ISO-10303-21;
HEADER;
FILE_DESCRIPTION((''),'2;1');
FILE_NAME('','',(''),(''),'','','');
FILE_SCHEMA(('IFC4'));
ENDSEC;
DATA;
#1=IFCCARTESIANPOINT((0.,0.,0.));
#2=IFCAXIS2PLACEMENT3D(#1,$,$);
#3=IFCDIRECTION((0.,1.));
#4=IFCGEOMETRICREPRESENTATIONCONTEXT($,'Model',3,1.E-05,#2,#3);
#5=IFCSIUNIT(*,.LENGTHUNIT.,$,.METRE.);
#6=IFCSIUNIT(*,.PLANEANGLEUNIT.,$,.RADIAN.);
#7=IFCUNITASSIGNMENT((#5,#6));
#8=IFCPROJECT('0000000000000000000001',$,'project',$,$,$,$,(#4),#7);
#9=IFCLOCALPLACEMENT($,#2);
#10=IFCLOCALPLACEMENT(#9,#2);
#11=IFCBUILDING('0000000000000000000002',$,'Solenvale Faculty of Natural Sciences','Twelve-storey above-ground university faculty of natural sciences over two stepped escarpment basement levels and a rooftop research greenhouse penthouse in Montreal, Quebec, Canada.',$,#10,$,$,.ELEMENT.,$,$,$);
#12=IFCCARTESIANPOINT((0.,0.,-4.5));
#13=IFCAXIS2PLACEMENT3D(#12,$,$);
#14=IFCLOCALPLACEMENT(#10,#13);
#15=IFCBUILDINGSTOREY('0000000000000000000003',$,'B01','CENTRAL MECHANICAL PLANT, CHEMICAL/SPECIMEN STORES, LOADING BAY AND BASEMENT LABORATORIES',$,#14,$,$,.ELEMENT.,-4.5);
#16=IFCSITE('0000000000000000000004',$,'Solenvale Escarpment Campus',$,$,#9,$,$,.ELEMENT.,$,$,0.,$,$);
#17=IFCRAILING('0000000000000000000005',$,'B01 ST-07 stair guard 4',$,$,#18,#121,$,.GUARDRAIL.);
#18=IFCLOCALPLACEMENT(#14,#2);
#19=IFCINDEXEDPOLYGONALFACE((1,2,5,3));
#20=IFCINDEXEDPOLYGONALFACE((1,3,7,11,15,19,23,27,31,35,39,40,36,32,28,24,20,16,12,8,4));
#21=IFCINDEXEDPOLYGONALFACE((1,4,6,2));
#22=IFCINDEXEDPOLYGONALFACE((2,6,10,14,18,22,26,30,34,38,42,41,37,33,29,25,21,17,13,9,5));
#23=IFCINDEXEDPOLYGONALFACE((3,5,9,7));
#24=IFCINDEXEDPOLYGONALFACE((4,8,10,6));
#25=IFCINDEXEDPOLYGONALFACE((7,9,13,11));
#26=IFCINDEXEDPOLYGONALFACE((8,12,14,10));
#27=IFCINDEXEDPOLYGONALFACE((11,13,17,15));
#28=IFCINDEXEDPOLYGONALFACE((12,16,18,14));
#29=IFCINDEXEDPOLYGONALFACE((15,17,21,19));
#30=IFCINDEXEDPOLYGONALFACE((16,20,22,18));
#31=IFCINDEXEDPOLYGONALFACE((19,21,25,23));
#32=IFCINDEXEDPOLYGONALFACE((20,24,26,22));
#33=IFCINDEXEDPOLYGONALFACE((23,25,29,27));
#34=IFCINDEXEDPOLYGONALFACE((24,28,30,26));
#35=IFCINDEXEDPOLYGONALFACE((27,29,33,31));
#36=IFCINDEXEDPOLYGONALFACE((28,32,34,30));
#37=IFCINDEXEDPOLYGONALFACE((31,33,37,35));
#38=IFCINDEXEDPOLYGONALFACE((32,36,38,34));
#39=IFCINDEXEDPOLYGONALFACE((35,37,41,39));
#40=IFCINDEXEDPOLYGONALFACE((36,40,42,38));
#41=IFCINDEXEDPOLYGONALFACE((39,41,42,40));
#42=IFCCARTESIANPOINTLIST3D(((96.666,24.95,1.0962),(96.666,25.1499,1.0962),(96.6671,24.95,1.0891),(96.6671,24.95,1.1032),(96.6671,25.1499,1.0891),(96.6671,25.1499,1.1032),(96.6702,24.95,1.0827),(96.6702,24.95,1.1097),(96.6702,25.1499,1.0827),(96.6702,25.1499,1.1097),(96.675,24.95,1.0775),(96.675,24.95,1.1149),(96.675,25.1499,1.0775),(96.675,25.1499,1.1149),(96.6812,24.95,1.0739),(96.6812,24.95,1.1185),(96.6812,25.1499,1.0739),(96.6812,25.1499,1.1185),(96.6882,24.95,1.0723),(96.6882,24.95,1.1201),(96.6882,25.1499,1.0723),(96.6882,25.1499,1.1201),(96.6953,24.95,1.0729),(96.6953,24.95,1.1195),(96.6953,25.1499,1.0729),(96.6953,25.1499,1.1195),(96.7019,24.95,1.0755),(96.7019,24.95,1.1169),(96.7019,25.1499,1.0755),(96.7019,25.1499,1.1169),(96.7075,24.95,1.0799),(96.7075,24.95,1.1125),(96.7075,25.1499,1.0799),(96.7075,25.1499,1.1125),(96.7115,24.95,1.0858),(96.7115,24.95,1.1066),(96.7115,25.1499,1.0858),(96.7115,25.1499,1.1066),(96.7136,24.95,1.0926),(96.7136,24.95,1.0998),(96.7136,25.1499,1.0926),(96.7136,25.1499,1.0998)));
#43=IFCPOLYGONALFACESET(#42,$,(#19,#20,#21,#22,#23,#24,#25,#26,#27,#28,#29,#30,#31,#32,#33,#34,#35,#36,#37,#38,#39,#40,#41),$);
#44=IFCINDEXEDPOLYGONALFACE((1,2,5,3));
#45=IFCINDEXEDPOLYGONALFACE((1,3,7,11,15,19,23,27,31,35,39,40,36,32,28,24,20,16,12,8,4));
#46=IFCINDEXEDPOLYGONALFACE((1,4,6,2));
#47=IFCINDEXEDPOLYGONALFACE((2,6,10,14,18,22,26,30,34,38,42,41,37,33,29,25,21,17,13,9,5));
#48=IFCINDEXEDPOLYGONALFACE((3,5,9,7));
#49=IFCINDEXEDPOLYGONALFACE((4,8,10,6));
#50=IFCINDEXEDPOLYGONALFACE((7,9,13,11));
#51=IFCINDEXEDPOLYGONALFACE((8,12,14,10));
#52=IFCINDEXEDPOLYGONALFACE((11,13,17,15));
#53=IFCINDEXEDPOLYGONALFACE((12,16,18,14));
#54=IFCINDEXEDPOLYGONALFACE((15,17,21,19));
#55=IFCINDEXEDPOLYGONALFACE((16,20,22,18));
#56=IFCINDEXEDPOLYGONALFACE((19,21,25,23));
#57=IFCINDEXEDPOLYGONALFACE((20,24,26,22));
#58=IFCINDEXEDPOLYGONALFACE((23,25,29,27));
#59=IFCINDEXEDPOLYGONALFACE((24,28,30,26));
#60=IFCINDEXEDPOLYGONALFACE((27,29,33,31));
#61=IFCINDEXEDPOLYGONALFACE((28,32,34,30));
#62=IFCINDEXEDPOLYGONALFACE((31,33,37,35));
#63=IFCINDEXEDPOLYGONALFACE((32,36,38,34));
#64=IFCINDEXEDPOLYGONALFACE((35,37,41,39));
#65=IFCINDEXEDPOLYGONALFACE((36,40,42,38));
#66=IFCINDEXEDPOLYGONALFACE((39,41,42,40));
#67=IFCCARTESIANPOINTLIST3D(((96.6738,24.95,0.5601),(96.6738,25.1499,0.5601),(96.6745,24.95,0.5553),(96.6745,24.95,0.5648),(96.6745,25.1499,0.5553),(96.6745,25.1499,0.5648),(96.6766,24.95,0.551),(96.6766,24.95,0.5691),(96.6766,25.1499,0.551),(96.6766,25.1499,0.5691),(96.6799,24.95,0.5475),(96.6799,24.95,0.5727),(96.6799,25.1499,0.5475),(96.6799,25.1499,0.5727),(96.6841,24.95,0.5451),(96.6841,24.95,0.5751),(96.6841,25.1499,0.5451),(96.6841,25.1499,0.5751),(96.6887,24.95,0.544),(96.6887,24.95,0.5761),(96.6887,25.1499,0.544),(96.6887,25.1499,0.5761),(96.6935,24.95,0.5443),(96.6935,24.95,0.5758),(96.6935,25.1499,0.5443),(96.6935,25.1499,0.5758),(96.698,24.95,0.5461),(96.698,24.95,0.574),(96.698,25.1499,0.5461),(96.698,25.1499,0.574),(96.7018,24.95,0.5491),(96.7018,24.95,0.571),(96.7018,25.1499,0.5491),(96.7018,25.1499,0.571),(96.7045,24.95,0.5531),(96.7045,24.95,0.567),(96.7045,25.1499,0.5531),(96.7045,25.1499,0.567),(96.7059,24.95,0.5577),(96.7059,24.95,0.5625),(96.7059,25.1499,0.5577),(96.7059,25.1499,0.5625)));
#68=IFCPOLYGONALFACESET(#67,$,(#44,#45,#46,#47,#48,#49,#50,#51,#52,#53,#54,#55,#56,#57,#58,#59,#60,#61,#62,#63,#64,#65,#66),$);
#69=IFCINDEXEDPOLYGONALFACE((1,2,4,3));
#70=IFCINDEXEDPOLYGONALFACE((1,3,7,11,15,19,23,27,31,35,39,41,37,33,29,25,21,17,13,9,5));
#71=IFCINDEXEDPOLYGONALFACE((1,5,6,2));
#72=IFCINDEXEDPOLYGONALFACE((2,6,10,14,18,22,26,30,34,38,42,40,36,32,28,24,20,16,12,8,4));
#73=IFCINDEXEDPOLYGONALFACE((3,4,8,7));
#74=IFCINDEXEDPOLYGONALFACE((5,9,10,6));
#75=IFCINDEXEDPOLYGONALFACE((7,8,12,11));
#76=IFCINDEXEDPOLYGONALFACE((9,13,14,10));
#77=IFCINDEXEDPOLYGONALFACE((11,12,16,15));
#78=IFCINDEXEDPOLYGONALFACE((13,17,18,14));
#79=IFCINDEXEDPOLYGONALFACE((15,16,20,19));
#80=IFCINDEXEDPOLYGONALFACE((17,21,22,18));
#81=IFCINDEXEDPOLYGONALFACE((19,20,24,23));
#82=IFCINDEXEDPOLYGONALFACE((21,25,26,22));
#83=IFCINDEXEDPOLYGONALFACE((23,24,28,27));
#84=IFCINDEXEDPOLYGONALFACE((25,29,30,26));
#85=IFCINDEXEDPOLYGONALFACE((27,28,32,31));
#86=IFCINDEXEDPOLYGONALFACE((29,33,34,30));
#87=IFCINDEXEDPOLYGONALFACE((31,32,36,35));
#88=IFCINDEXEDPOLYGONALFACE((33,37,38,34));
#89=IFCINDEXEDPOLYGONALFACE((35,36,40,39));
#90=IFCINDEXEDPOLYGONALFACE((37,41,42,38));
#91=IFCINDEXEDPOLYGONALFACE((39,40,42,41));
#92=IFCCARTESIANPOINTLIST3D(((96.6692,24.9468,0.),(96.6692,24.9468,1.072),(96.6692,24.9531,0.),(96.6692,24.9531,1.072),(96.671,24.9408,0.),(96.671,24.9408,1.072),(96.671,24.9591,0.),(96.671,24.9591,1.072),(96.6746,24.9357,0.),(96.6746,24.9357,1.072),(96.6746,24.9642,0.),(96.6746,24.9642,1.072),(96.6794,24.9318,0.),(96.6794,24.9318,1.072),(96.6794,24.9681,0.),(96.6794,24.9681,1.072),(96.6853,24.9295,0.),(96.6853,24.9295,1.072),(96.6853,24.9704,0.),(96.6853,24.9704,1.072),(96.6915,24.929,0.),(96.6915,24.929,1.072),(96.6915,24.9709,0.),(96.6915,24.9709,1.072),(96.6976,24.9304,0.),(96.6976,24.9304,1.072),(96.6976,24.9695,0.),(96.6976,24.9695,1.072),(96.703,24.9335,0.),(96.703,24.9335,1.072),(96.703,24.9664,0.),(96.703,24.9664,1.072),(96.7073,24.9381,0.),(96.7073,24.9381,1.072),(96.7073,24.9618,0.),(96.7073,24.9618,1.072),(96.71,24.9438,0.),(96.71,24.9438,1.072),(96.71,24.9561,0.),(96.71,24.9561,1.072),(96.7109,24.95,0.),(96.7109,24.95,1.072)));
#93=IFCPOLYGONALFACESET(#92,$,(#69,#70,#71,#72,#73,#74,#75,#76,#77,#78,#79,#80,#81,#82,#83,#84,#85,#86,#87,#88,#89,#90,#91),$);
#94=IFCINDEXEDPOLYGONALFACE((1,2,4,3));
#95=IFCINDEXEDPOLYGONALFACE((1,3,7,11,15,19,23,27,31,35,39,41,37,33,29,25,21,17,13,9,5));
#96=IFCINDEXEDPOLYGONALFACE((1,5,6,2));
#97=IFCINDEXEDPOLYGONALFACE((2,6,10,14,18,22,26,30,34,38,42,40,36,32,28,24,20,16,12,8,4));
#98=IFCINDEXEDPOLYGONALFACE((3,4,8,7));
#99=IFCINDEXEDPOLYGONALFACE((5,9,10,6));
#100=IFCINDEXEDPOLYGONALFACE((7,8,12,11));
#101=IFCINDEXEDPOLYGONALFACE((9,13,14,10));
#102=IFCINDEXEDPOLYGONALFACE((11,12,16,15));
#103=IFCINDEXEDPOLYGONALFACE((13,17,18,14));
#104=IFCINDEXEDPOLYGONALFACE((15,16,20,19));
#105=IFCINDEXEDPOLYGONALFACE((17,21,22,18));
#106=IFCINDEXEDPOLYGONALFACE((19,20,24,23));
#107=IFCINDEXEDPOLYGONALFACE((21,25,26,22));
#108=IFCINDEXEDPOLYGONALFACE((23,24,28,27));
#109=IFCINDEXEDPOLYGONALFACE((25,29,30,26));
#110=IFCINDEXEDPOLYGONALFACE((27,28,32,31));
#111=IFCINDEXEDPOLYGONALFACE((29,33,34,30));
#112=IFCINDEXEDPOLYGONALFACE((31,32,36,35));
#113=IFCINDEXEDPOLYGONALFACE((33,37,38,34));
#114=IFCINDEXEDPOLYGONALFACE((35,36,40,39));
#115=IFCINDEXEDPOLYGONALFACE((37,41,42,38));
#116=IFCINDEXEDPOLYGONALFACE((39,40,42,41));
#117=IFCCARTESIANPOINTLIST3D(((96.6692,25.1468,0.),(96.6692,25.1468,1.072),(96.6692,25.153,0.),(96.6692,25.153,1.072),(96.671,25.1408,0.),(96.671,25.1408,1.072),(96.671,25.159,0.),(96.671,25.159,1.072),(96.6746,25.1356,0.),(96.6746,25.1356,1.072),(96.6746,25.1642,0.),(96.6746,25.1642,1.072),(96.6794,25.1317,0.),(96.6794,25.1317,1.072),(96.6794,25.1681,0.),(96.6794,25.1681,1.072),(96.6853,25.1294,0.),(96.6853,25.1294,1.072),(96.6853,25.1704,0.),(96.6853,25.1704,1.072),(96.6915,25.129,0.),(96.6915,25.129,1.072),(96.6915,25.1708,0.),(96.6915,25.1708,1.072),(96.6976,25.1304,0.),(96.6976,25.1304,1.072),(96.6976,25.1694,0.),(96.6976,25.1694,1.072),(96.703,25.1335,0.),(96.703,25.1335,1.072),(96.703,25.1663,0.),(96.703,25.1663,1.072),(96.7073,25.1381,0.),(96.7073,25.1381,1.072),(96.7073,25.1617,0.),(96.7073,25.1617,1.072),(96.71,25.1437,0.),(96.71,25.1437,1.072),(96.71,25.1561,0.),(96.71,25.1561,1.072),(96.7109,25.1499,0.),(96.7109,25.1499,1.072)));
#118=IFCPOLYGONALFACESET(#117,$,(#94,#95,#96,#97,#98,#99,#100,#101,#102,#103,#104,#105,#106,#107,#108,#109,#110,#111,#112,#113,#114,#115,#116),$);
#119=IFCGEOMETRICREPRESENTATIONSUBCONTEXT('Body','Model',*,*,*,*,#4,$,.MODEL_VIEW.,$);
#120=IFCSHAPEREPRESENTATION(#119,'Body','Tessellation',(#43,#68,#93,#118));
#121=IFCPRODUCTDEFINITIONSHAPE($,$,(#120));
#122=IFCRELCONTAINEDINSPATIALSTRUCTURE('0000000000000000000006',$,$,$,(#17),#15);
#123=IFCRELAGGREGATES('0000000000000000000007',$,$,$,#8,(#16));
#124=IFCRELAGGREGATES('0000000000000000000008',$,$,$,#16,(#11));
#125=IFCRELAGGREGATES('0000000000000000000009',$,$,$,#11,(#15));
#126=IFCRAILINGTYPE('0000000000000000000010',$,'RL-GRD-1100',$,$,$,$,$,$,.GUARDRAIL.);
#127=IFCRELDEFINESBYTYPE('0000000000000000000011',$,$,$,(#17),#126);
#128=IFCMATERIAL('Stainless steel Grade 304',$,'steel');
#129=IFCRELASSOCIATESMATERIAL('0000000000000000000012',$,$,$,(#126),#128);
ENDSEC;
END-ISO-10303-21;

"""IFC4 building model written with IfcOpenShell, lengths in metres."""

from ifc_helpers import new_model, si_unit, direction, frame, origin, origin_2d, place, context, subcontext, project, spatial, circle, extrude, material, type_object, element, save


model = new_model("IFC4")

# Units and contexts
model_context = context("Model", 3, precision=1e-05, world=origin(), true_north=direction((0.0, 1.0)))
body_context = subcontext(model_context, "Body", "Model", "MODEL_VIEW")
ifc_project = project(units=[si_unit("LENGTHUNIT", "METRE"), si_unit("PLANEANGLEUNIT", "RADIAN")], contexts=[model_context])

# Site, building, storey
site_placement = place(None, origin())
site = spatial("IfcSite", under=ifc_project, at=site_placement, Name="Solenvale Escarpment Campus", CompositionType="ELEMENT", RefElevation=0.0)
building_placement = place(site_placement, origin())
building = spatial("IfcBuilding", under=site, at=building_placement, Name="Solenvale Faculty of Natural Sciences", Description="Twelve-storey above-ground university faculty of natural sciences over two stepped escarpment basement levels and a rooftop research greenhouse penthouse in Montreal, Quebec, Canada.", CompositionType="ELEMENT")
storey_placement = place(building_placement, frame((0.0, 0.0, -4.5)))
storey = spatial("IfcBuildingStorey", under=building, at=storey_placement, Name="B01", Description="CENTRAL MECHANICAL PLANT, CHEMICAL/SPECIMEN STORES, LOADING BAY AND BASEMENT LABORATORIES", CompositionType="ELEMENT", Elevation=-4.5)

# Railing
ifc_material_1 = material(Name="Stainless steel Grade 304", Category="steel")
railing_type_1 = type_object("IfcRailingType", Name="RL-GRD-1100", PredefinedType="GUARDRAIL", material=ifc_material_1)
railing_1_placement = place(storey_placement, frame((96.6899, 24.95, 0.0)))
element("IfcRailing", 1, at=railing_1_placement, inside=storey, type_object=railing_type_1, Name="B01 ST-07 stair guard 4", PredefinedType="GUARDRAIL", context=body_context, shape_type="SweptSolid", body=[
    extrude(circle(Radius=0.0239, at=origin_2d()), frame((0.0, 0.0, 1.0962), z_axis=(0.0, 1.0, 0.0), x_axis=(-1.0, 0.0, 0.0)), (0.0, 0.0, 1.0), 0.2),
    extrude(circle(Radius=0.0161, at=origin_2d()), frame((0.0, 0.0, 0.5601), z_axis=(0.0, 1.0, 0.0), x_axis=(-1.0, 0.0, 0.0)), (0.0, 0.0, 1.0), 0.2),
    extrude(circle(Radius=0.021, at=origin_2d()), origin(), (0.0, 0.0, 1.0), 1.072),
    extrude(circle(Radius=0.021, at=origin_2d()), frame((0.0, 0.2, 0.0)), (0.0, 0.0, 1.0), 1.072),
])

save(model, "model.ifc")
